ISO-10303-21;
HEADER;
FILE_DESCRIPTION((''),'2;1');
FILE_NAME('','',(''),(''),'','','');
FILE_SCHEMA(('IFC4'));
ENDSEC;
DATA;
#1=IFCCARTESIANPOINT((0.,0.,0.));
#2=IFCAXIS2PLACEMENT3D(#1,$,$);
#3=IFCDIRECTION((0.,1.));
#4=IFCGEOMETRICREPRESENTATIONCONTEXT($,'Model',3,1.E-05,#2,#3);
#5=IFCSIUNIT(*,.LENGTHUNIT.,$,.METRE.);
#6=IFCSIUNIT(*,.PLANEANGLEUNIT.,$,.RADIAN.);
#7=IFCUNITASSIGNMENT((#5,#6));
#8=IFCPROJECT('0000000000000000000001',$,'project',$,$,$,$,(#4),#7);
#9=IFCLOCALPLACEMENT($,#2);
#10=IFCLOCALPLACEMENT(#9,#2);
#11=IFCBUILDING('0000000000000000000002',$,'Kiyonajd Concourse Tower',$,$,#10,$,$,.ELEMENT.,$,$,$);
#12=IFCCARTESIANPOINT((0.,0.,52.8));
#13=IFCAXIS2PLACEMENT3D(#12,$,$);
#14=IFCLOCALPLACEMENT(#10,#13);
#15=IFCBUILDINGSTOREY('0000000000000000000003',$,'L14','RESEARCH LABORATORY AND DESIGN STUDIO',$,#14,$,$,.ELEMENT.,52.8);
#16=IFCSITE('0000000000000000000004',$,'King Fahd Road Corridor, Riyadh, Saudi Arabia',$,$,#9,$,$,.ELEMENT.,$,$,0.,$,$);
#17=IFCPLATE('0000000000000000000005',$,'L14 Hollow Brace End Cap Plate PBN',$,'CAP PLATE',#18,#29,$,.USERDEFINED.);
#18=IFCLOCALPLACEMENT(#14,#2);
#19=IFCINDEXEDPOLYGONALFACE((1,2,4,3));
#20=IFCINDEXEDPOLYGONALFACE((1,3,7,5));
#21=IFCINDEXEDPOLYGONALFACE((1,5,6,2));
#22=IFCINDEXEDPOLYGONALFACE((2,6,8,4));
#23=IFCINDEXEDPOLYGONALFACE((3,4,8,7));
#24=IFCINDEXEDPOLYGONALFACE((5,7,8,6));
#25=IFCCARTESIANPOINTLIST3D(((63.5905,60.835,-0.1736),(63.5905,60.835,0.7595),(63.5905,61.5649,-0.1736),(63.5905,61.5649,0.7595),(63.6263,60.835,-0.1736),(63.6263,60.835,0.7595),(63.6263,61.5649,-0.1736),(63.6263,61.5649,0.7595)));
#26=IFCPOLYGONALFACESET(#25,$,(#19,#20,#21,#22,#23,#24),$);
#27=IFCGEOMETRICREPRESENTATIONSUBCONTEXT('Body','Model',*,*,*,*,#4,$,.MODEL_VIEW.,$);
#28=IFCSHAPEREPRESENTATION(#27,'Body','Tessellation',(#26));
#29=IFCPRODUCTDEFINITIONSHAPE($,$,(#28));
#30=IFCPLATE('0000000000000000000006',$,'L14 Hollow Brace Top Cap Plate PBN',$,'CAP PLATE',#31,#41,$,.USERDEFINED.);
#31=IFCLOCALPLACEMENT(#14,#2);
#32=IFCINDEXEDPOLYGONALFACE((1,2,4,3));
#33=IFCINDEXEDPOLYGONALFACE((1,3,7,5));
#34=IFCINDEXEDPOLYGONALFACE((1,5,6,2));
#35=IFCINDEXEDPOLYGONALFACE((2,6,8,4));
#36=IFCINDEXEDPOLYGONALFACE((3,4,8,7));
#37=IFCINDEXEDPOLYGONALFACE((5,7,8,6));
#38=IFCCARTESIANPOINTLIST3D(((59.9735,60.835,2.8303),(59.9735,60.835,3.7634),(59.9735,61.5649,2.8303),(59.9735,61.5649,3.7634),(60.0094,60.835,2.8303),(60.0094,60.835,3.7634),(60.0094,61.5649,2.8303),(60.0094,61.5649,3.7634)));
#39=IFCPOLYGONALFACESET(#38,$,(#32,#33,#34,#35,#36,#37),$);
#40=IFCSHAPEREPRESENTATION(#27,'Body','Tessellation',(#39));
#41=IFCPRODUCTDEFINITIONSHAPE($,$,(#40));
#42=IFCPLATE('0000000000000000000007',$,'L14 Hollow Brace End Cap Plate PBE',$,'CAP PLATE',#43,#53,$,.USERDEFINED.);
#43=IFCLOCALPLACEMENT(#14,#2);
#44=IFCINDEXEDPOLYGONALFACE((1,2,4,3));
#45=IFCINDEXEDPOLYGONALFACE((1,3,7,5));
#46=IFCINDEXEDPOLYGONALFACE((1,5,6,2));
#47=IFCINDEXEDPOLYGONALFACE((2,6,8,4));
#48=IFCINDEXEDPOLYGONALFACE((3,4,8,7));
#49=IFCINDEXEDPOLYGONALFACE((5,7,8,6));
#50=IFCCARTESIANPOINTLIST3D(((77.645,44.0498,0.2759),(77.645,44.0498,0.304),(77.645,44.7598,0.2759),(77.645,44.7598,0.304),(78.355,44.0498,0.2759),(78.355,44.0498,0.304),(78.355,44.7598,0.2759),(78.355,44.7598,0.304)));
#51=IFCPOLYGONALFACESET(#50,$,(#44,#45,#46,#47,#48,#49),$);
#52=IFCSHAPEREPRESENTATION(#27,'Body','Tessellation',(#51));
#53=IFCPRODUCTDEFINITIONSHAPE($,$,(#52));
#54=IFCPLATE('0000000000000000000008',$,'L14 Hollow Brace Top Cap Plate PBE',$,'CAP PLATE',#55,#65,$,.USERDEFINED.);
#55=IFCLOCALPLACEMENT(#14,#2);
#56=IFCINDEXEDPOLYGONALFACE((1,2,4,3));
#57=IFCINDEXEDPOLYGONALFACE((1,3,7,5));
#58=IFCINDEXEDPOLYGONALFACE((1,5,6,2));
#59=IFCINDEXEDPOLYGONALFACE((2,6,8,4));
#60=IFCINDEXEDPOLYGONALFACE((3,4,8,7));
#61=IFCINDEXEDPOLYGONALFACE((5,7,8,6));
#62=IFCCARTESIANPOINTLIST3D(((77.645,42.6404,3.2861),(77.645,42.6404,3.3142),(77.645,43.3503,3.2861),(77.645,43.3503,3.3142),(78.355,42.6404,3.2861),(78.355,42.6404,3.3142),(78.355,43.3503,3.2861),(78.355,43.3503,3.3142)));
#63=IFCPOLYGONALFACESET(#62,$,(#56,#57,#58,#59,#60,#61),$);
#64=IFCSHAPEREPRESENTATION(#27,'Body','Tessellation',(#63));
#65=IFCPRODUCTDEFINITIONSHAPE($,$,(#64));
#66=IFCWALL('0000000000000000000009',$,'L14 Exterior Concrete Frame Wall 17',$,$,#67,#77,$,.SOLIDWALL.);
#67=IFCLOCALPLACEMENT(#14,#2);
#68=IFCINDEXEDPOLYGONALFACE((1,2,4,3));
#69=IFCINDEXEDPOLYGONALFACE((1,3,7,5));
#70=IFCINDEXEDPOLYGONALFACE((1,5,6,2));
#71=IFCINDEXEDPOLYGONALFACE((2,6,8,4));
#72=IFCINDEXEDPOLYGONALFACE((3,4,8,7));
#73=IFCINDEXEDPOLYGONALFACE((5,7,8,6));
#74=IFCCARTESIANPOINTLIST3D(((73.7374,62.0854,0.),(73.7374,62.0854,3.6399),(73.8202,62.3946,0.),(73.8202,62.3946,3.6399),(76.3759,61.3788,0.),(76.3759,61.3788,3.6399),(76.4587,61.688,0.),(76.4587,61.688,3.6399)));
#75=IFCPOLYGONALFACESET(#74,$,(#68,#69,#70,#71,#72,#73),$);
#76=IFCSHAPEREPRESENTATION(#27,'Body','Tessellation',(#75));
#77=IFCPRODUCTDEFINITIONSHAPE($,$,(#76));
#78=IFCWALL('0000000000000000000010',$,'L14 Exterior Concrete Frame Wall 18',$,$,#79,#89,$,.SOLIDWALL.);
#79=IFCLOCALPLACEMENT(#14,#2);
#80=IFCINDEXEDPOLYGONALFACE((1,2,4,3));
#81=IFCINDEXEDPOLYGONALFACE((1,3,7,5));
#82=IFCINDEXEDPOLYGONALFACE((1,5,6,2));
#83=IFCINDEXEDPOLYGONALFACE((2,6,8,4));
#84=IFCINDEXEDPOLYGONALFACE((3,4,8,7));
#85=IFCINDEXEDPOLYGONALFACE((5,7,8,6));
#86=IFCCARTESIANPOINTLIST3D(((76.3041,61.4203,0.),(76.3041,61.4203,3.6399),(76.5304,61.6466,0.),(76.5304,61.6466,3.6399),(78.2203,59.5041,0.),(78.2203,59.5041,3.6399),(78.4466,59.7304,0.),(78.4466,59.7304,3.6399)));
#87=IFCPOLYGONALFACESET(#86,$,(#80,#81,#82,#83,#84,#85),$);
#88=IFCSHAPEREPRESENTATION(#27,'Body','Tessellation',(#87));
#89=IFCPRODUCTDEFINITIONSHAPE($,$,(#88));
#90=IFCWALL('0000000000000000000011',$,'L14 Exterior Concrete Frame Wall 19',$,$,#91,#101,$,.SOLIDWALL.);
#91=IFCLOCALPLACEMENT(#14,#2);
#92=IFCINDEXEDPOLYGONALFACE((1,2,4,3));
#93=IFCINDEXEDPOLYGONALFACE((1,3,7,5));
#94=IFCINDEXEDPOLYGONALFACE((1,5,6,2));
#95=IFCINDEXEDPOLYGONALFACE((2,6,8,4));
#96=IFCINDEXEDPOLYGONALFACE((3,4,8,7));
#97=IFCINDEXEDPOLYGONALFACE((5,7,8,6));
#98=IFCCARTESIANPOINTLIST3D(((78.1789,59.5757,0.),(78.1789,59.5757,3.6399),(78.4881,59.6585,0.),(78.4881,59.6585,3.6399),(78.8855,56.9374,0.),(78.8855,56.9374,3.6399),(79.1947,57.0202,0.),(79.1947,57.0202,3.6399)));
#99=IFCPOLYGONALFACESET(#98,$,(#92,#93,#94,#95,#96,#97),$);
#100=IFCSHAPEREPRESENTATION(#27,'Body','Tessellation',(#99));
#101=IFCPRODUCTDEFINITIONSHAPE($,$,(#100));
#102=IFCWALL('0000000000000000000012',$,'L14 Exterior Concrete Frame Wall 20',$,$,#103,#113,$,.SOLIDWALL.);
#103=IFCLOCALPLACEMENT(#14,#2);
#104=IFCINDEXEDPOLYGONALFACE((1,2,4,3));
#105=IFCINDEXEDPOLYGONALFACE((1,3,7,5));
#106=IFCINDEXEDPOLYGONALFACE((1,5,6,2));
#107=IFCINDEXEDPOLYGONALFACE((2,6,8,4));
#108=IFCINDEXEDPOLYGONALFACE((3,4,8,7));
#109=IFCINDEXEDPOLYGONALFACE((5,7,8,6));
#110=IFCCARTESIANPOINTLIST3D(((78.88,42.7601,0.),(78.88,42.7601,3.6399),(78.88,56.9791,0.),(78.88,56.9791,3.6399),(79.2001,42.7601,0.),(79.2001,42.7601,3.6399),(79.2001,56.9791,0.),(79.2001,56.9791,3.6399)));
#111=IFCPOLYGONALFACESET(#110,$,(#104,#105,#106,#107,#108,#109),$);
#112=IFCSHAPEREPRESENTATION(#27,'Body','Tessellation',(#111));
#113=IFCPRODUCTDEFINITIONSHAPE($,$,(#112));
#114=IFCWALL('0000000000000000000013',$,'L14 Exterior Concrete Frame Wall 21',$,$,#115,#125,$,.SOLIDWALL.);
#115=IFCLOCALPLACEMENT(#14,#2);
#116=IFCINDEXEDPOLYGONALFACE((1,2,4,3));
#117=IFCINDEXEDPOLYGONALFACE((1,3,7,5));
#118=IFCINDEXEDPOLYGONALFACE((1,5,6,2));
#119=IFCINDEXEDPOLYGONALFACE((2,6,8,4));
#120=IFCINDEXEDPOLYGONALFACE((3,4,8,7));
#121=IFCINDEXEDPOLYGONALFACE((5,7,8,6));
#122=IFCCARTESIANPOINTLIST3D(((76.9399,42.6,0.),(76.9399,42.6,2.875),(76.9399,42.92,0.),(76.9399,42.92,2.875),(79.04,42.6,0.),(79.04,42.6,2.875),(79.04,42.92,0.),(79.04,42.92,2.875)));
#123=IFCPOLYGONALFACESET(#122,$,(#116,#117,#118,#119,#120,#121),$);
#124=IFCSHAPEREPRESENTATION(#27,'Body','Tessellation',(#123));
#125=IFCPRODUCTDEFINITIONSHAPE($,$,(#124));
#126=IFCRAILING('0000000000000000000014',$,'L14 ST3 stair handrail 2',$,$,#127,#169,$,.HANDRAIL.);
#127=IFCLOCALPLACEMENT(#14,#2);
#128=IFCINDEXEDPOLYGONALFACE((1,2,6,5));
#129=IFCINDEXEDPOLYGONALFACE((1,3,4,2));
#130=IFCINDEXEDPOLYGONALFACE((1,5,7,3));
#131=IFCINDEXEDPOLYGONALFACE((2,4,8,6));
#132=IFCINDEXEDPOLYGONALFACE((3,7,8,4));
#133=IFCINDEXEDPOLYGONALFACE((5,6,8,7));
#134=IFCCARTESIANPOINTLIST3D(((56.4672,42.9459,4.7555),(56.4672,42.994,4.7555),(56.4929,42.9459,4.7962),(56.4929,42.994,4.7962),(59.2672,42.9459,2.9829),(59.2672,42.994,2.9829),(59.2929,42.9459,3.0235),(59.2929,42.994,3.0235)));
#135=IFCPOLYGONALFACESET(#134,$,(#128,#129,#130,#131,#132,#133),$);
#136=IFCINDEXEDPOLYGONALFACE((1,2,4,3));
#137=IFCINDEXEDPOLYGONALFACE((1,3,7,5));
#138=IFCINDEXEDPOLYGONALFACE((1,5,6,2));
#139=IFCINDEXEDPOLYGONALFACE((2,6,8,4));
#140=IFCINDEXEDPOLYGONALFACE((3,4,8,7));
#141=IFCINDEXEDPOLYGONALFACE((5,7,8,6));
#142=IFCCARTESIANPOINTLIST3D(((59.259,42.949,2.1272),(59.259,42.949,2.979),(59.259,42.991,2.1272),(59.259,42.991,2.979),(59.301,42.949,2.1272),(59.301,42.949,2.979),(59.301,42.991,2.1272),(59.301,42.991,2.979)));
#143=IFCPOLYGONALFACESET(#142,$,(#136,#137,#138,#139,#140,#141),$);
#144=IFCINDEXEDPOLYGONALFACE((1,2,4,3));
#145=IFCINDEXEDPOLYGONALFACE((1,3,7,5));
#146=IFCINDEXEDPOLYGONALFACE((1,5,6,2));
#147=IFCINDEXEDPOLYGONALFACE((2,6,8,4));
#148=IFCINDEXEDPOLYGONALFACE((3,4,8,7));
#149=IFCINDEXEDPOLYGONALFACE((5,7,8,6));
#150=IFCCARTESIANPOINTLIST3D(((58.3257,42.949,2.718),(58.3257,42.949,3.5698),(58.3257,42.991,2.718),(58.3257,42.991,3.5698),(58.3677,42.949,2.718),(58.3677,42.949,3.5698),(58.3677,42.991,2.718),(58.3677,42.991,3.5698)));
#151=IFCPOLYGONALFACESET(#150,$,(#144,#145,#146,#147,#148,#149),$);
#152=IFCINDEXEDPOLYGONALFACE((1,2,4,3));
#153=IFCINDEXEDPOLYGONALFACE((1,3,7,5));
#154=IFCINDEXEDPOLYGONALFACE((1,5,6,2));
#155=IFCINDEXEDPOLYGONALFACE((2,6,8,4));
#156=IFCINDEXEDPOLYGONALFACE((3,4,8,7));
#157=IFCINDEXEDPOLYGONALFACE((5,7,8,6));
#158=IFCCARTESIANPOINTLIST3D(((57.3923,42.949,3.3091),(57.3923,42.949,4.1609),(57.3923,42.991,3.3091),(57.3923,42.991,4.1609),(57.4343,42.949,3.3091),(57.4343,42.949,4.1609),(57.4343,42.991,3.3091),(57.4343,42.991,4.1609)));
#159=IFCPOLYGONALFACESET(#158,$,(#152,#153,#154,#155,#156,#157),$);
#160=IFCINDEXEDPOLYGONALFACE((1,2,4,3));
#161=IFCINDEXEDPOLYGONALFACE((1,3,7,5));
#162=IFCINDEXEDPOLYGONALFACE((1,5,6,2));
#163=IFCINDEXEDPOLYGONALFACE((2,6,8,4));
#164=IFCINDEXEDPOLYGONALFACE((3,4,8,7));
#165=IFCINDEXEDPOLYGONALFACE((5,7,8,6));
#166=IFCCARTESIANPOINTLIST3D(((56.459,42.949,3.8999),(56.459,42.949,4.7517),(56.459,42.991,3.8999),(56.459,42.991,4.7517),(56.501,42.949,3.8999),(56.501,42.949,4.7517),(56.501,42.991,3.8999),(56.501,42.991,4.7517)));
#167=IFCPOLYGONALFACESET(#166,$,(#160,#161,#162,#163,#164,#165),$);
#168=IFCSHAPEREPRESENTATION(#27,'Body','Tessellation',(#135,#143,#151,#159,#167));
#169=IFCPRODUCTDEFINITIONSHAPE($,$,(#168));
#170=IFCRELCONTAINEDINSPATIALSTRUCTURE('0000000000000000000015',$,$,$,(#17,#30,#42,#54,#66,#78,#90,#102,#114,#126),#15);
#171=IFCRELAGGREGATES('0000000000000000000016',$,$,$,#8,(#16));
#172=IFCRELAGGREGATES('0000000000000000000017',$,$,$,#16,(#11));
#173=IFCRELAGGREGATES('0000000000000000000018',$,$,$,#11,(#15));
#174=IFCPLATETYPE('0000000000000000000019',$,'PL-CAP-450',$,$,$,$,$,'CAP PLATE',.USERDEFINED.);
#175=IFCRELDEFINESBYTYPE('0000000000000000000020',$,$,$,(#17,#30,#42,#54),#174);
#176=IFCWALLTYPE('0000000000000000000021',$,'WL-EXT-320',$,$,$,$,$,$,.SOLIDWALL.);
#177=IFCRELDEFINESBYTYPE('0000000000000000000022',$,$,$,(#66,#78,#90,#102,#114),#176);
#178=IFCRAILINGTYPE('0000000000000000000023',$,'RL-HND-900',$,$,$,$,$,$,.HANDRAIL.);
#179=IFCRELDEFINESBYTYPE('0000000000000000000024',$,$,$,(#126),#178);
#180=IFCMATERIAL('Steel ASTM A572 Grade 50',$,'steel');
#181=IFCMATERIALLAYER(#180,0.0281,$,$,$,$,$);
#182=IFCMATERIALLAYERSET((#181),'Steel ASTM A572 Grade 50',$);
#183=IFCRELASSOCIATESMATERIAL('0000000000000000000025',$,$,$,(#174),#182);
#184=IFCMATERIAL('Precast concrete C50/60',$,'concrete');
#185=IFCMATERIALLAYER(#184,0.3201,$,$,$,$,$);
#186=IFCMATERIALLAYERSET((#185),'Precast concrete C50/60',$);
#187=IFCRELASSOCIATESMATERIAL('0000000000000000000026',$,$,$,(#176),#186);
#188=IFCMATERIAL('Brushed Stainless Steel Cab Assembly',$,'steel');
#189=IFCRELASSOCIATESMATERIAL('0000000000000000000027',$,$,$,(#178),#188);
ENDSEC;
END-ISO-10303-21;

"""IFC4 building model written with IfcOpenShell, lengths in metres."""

from ifc_helpers import new_model, si_unit, direction, frame, frame_2d, origin, origin_2d, place, context, subcontext, project, spatial, rectangle, extrude, material, layer, layer_set, type_object, element, save


model = new_model("IFC4")

# Units and contexts
model_context = context("Model", 3, precision=1e-05, world=origin(), true_north=direction((0.0, 1.0)))
body_context = subcontext(model_context, "Body", "Model", "MODEL_VIEW")
ifc_project = project(units=[si_unit("LENGTHUNIT", "METRE"), si_unit("PLANEANGLEUNIT", "RADIAN")], contexts=[model_context])

# Site, building, storey
site_placement = place(None, origin())
site = spatial("IfcSite", under=ifc_project, at=site_placement, Name="King Fahd Road Corridor, Riyadh, Saudi Arabia", CompositionType="ELEMENT", RefElevation=0.0)
building_placement = place(site_placement, origin())
building = spatial("IfcBuilding", under=site, at=building_placement, Name="Kiyonajd Concourse Tower", CompositionType="ELEMENT")
storey_placement = place(building_placement, frame((0.0, 0.0, 52.8)))
storey = spatial("IfcBuildingStorey", under=building, at=storey_placement, Name="L14", Description="RESEARCH LABORATORY AND DESIGN STUDIO", CompositionType="ELEMENT", Elevation=52.8)

# Shared definitions
ifc_material_1 = material(Name="Precast concrete C50/60", Category="concrete")

# Shared definitions
ifc_material_2 = material(Name="Steel ASTM A572 Grade 50", Category="steel")

# Plates
ifc_layer_1 = layer(ifc_material_2, 0.0281)
ifc_layer_set_1 = layer_set([ifc_layer_1], Name="Steel ASTM A572 Grade 50")
plate_type = type_object("IfcPlateType", Name="PL-CAP-450", ElementType="CAP PLATE", PredefinedType="USERDEFINED", material=ifc_layer_set_1)
for number, where, z_axis, x_axis, name in (
    (1, (63.6084, 61.2, -0.1736), (0.0, 0.0, 1.0), (1.0, 0.0, 0.0), "L14 Hollow Brace End Cap Plate PBN"),
    (2, (59.9915, 61.2, 2.8303), (0.0, 0.0, 1.0), (-1.0, 0.0, 0.0), "L14 Hollow Brace Top Cap Plate PBN"),
):
    element("IfcPlate", number, at=place(storey_placement, frame(where, z_axis=z_axis, x_axis=x_axis)), inside=storey, type_object=plate_type, Name=name, ObjectType="CAP PLATE", PredefinedType="USERDEFINED", context=body_context, shape_type="SweptSolid", body=[
        extrude(rectangle(XDim=0.0359, YDim=0.73, at=origin_2d()), origin(), (0.0, 0.0, 1.0), 0.9331),
    ])
for number, where, z_axis, x_axis, name in (
    (3, (78.0, 44.4048, 0.2759), (0.0, 0.0, 1.0), (1.0, 0.0, 0.0), "L14 Hollow Brace End Cap Plate PBE"),
    (4, (78.0, 42.9954, 3.2861), (0.0, 0.0, 1.0), (1.0, 0.0, 0.0), "L14 Hollow Brace Top Cap Plate PBE"),
):
    element("IfcPlate", number, at=place(storey_placement, frame(where, z_axis=z_axis, x_axis=x_axis)), inside=storey, type_object=plate_type, Name=name, ObjectType="CAP PLATE", PredefinedType="USERDEFINED", context=body_context, shape_type="SweptSolid", body=[
        extrude(rectangle(XDim=0.71, YDim=0.71, at=origin_2d()), origin(), (0.0, 0.0, 1.0), 0.0281),
    ])

# Walls
ifc_layer_2 = layer(ifc_material_1, 0.3201)
ifc_layer_set_2 = layer_set([ifc_layer_2], Name="Precast concrete C50/60")
wall_type = type_object("IfcWallType", Name="WL-EXT-320", PredefinedType="SOLIDWALL", material=ifc_layer_set_2)
wall_1_placement = place(storey_placement, frame((73.7788, 62.24, 0.0), z_axis=(0.0, 0.0, 1.0), x_axis=(0.965964, -0.258675, 0.0)))
element("IfcWall", 5, at=wall_1_placement, inside=storey, type_object=wall_type, Name="L14 Exterior Concrete Frame Wall 17", PredefinedType="SOLIDWALL", context=body_context, shape_type="SweptSolid", body=[
    extrude(rectangle(XDim=2.7314, YDim=0.3201, at=frame_2d((1.3657, 0.0))), origin(), (0.0, 0.0, 1.0), 3.6399),
])
wall_2_placement = place(storey_placement, frame((76.4172, 61.5334, 0.0), z_axis=(0.0, 0.0, 1.0), x_axis=(0.707107, -0.707107, 0.0)))
element("IfcWall", 6, at=wall_2_placement, inside=storey, type_object=wall_type, Name="L14 Exterior Concrete Frame Wall 18", PredefinedType="SOLIDWALL", context=body_context, shape_type="SweptSolid", body=[
    extrude(rectangle(XDim=2.71, YDim=0.3201, at=frame_2d((1.355, 0.0))), origin(), (0.0, 0.0, 1.0), 3.6399),
])
wall_3_placement = place(storey_placement, frame((78.3335, 59.6172, 0.0), z_axis=(0.0, 0.0, 1.0), x_axis=(0.258697, -0.965958, 0.0)))
element("IfcWall", 7, at=wall_3_placement, inside=storey, type_object=wall_type, Name="L14 Exterior Concrete Frame Wall 19", PredefinedType="SOLIDWALL", context=body_context, shape_type="SweptSolid", body=[
    extrude(rectangle(XDim=2.7312, YDim=0.3201, at=frame_2d((1.3657, 0.0))), origin(), (0.0, 0.0, 1.0), 3.6399),
])
wall_4_placement = place(storey_placement, frame((79.04, 56.979, 0.0), z_axis=(0.0, 0.0, 1.0), x_axis=(0.0, -1.0, 0.0)))
element("IfcWall", 8, at=wall_4_placement, inside=storey, type_object=wall_type, Name="L14 Exterior Concrete Frame Wall 20", PredefinedType="SOLIDWALL", context=body_context, shape_type="SweptSolid", body=[
    extrude(rectangle(XDim=14.219, YDim=0.3201, at=frame_2d((7.1094, 0.0))), origin(), (0.0, 0.0, 1.0), 3.6399),
])
wall_5_placement = place(storey_placement, frame((79.04, 42.76, 0.0), z_axis=(0.0, 0.0, 1.0), x_axis=(-1.0, 0.0, 0.0)))
element("IfcWall", 9, at=wall_5_placement, inside=storey, type_object=wall_type, Name="L14 Exterior Concrete Frame Wall 21", PredefinedType="SOLIDWALL", context=body_context, shape_type="SweptSolid", body=[
    extrude(rectangle(XDim=2.1001, YDim=0.3201, at=frame_2d((1.05, 0.0))), origin(), (0.0, 0.0, 1.0), 2.875),
])

# Railing
ifc_material_3 = material(Name="Brushed Stainless Steel Cab Assembly", Category="steel")
railing_type = type_object("IfcRailingType", Name="RL-HND-900", PredefinedType="HANDRAIL", material=ifc_material_3)
railing_placement = place(storey_placement, frame((59.28, 42.97, 2.1272)))
element("IfcRailing", 10, at=railing_placement, inside=storey, type_object=railing_type, Name="L14 ST3 stair handrail 2", PredefinedType="HANDRAIL", context=body_context, shape_type="SweptSolid", body=[
    extrude(rectangle(XDim=0.0481, YDim=0.0481, at=origin_2d()), frame((0.0, 0.0, 0.876), z_axis=(-0.844909, 0.0, 0.53491), x_axis=(0.0, -1.0, 0.0)), (0.0, 0.0, 1.0), 3.314),
    extrude(rectangle(XDim=0.042, YDim=0.042, at=origin_2d()), origin(), (0.0, 0.0, 1.0), 0.8518),
    extrude(rectangle(XDim=0.042, YDim=0.042, at=origin_2d()), frame((-0.9333, 0.0, 0.5908)), (0.0, 0.0, 1.0), 0.8518),
    extrude(rectangle(XDim=0.042, YDim=0.042, at=origin_2d()), frame((-1.8667, 0.0, 1.1819)), (0.0, 0.0, 1.0), 0.8518),
    extrude(rectangle(XDim=0.042, YDim=0.042, at=origin_2d()), frame((-2.8, 0.0, 1.7727)), (0.0, 0.0, 1.0), 0.8518),
])

save(model, "model.ifc")
